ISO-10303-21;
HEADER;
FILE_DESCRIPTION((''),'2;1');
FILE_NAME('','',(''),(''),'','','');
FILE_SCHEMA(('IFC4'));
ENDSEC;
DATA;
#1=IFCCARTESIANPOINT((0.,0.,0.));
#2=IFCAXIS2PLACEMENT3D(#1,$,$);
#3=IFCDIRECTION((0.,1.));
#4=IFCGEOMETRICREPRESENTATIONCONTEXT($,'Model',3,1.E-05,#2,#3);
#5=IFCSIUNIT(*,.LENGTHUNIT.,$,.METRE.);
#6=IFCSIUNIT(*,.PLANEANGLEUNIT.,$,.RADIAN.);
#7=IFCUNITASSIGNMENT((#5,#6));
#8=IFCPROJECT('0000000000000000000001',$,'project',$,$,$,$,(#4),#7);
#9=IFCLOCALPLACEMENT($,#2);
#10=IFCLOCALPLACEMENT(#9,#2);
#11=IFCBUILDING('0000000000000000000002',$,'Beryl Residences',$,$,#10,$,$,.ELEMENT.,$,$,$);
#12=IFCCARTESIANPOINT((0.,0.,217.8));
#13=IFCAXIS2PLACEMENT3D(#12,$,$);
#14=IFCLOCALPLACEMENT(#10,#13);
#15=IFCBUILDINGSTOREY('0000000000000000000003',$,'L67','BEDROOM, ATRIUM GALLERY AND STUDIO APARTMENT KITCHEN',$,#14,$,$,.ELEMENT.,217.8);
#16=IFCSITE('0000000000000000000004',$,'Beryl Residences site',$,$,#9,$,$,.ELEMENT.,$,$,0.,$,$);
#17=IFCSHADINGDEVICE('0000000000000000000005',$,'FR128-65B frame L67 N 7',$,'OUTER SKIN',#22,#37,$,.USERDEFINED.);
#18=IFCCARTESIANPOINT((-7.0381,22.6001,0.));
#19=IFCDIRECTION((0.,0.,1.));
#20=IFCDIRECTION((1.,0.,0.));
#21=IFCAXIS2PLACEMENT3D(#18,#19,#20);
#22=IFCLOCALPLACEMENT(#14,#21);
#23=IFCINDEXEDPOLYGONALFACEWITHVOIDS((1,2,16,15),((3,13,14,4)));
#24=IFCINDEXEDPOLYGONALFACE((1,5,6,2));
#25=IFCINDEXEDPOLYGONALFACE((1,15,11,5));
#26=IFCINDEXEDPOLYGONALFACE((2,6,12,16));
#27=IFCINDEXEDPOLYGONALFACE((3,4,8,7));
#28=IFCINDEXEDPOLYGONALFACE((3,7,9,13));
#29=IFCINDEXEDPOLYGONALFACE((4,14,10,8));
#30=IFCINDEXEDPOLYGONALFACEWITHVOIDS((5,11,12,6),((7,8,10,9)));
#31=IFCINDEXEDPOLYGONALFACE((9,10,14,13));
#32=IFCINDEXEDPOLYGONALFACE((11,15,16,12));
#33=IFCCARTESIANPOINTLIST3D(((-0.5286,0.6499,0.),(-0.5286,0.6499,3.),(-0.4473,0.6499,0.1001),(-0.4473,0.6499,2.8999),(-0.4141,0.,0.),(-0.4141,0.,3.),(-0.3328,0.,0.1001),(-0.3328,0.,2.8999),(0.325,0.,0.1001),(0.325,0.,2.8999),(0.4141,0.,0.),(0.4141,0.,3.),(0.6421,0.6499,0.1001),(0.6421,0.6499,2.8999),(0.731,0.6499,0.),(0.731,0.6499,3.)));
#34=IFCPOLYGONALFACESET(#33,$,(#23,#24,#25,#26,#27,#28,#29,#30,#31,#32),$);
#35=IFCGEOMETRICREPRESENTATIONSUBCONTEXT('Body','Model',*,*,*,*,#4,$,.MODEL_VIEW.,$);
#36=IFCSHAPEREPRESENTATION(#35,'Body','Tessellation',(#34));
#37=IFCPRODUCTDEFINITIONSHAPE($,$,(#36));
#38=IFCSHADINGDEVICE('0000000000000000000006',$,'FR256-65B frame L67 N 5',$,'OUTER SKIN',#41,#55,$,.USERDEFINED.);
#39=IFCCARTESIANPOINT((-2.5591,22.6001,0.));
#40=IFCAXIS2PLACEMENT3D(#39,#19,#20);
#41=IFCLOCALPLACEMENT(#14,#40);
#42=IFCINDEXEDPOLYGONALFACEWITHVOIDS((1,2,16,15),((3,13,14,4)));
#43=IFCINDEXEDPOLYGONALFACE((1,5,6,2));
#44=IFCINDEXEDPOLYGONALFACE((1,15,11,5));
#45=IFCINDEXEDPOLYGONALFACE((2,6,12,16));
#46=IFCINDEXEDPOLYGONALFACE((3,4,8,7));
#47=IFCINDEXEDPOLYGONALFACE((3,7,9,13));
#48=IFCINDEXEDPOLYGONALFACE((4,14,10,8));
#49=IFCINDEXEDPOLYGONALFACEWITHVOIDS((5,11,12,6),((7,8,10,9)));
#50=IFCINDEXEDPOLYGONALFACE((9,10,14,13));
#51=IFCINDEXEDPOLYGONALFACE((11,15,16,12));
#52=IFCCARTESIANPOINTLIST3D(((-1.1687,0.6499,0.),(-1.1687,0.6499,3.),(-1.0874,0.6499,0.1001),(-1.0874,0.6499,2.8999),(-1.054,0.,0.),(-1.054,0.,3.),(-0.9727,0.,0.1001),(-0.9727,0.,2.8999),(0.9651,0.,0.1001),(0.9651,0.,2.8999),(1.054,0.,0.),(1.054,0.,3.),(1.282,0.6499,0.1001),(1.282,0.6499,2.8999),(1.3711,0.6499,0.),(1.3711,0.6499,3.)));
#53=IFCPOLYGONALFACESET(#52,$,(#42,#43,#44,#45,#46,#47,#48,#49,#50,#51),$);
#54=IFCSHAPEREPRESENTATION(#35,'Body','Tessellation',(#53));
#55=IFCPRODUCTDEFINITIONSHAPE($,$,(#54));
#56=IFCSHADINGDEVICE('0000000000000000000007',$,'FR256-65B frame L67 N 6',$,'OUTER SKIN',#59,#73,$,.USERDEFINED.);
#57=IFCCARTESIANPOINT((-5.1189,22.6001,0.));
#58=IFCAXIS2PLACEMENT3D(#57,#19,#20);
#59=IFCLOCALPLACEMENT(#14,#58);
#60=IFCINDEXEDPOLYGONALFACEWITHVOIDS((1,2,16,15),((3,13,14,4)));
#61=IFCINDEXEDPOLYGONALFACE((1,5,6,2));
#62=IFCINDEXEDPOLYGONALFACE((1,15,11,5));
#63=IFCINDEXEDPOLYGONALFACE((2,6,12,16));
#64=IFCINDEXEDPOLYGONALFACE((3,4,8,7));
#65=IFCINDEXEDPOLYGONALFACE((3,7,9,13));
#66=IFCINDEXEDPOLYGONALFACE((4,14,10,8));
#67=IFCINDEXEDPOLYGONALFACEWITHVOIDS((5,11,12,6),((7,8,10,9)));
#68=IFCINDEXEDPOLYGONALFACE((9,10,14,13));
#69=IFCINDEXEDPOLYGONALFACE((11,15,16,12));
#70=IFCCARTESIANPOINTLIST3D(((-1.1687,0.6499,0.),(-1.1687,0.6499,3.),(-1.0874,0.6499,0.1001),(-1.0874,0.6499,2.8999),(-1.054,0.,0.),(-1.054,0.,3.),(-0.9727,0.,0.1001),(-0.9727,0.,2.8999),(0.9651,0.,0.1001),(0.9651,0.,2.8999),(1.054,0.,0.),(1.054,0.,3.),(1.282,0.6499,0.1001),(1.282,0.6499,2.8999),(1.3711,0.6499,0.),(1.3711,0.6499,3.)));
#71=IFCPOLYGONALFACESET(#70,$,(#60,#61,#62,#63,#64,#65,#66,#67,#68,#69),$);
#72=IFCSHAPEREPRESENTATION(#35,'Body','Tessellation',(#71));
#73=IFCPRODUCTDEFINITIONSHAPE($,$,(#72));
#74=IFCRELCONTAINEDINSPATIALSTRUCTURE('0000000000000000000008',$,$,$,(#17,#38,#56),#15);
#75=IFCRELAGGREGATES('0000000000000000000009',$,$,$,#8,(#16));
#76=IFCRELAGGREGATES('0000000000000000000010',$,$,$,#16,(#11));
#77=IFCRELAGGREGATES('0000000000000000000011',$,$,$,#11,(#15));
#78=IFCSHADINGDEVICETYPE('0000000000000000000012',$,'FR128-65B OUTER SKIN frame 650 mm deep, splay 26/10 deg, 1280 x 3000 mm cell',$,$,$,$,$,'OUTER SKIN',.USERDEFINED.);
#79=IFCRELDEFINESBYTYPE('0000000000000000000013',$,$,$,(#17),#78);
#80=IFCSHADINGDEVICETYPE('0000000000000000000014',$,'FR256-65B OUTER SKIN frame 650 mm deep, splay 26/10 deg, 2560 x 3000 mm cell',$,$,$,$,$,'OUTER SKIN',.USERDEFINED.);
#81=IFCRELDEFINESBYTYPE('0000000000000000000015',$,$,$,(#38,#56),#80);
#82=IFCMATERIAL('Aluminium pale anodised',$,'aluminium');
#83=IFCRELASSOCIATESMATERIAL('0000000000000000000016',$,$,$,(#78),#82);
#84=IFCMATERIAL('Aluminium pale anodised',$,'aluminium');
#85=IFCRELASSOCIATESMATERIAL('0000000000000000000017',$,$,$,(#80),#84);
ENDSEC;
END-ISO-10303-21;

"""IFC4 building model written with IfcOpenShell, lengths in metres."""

from ifc_helpers import new_model, entity, si_unit, direction, frame, origin, place, context, subcontext, project, spatial, source, transform, mapped, material, type_object, type_shapes, element, save


model = new_model("IFC4")

# Units and contexts
model_context = context("Model", 3, precision=1e-05, world=origin(), true_north=direction((0.0, 1.0)))
body_context = subcontext(model_context, "Body", "Model", "MODEL_VIEW")
ifc_project = project(units=[si_unit("LENGTHUNIT", "METRE"), si_unit("PLANEANGLEUNIT", "RADIAN")], contexts=[model_context])

# Site, building, storey
site_placement = place(None, origin())
site = spatial("IfcSite", under=ifc_project, at=site_placement, Name="Beryl Residences site", CompositionType="ELEMENT", RefElevation=0.0)
building_placement = place(site_placement, origin())
building = spatial("IfcBuilding", under=site, at=building_placement, Name="Beryl Residences", CompositionType="ELEMENT")
storey_placement = place(building_placement, frame((0.0, 0.0, 217.8)))
storey = spatial("IfcBuildingStorey", under=building, at=storey_placement, Name="L67", Description="BEDROOM, ATRIUM GALLERY AND STUDIO APARTMENT KITCHEN", CompositionType="ELEMENT", Elevation=217.8)

# Shading devices
ifc_material_1 = material(Name="Aluminium pale anodised", Category="aluminium")
shading_device_type_1 = type_object("IfcShadingDeviceType", Name="FR128-65B OUTER SKIN frame 650 mm deep, splay 26/10 deg, 1280 x 3000 mm cell", ElementType="OUTER SKIN", PredefinedType="USERDEFINED", material=ifc_material_1)
cartesian_point_1 = entity("IfcCartesianPoint", [-0.4141, 0.0])
cartesian_point_2 = entity("IfcCartesianPoint", [-0.325, 0.1001])
cartesian_point_3 = entity("IfcCartesianPoint", [-0.731, 0.0])
cartesian_point_4 = entity("IfcCartesianPoint", [-0.6421, 0.1001])
shared_shape_1 = source(origin(), body_context, "Body", "SweptSolid", [
    entity("IfcExtrudedAreaSolidTapered", entity("IfcArbitraryProfileDefWithVoids", "AREA", None, entity("IfcPolyline", [cartesian_point_1, entity("IfcCartesianPoint", [0.4141, 0.0]), entity("IfcCartesianPoint", [0.4141, 3.0]), entity("IfcCartesianPoint", [-0.4141, 3.0]), cartesian_point_1]), [entity("IfcPolyline", [cartesian_point_2, entity("IfcCartesianPoint", [0.3328, 0.1001]), entity("IfcCartesianPoint", [0.3328, 2.8999]), entity("IfcCartesianPoint", [-0.325, 2.8999]), cartesian_point_2])]), entity("IfcAxis2Placement3D", entity("IfcCartesianPoint", [0.0, 0.0, 0.0]), entity("IfcDirection", [0.0, 1.0, 0.0]), entity("IfcDirection", [-1.0, 0.0, 0.0])), entity("IfcDirection", [0.0, 0.0, 1.0]), 0.6499, entity("IfcArbitraryProfileDefWithVoids", "AREA", None, entity("IfcPolyline", [cartesian_point_3, entity("IfcCartesianPoint", [0.5286, 0.0]), entity("IfcCartesianPoint", [0.5286, 3.0]), entity("IfcCartesianPoint", [-0.731, 3.0]), cartesian_point_3]), [entity("IfcPolyline", [cartesian_point_4, entity("IfcCartesianPoint", [0.4473, 0.1001]), entity("IfcCartesianPoint", [0.4473, 2.8999]), entity("IfcCartesianPoint", [-0.6421, 2.8999]), cartesian_point_4])])),
])
type_shapes(shading_device_type_1, [shared_shape_1])
shading_device_placement = place(storey_placement, frame((-7.0381, 22.6001, 0.0), z_axis=(0.0, 0.0, 1.0), x_axis=(1.0, 0.0, 0.0)))
element("IfcShadingDevice", 1, at=shading_device_placement, inside=storey, type_object=shading_device_type_1, Name="FR128-65B frame L67 N 7", ObjectType="OUTER SKIN", PredefinedType="USERDEFINED", context=body_context, shape_type="MappedRepresentation", body=[
    mapped(shared_shape_1, transform((0.0, 0.0, 0.0))),
])
ifc_material_2 = material(Name="Aluminium pale anodised", Category="aluminium")
shading_device_type_2 = type_object("IfcShadingDeviceType", Name="FR256-65B OUTER SKIN frame 650 mm deep, splay 26/10 deg, 2560 x 3000 mm cell", ElementType="OUTER SKIN", PredefinedType="USERDEFINED", material=ifc_material_2)
cartesian_point_5 = entity("IfcCartesianPoint", [-1.054, 0.0])
cartesian_point_6 = entity("IfcCartesianPoint", [-0.9651, 0.1001])
cartesian_point_7 = entity("IfcCartesianPoint", [-1.3711, 0.0])
cartesian_point_8 = entity("IfcCartesianPoint", [-1.282, 0.1001])
shared_shape_2 = source(origin(), body_context, "Body", "SweptSolid", [
    entity("IfcExtrudedAreaSolidTapered", entity("IfcArbitraryProfileDefWithVoids", "AREA", None, entity("IfcPolyline", [cartesian_point_5, entity("IfcCartesianPoint", [1.054, 0.0]), entity("IfcCartesianPoint", [1.054, 3.0]), entity("IfcCartesianPoint", [-1.054, 3.0]), cartesian_point_5]), [entity("IfcPolyline", [cartesian_point_6, entity("IfcCartesianPoint", [0.9727, 0.1001]), entity("IfcCartesianPoint", [0.9727, 2.8999]), entity("IfcCartesianPoint", [-0.9651, 2.8999]), cartesian_point_6])]), entity("IfcAxis2Placement3D", entity("IfcCartesianPoint", [0.0, 0.0, 0.0]), entity("IfcDirection", [0.0, 1.0, 0.0]), entity("IfcDirection", [-1.0, 0.0, 0.0])), entity("IfcDirection", [0.0, 0.0, 1.0]), 0.6499, entity("IfcArbitraryProfileDefWithVoids", "AREA", None, entity("IfcPolyline", [cartesian_point_7, entity("IfcCartesianPoint", [1.1687, 0.0]), entity("IfcCartesianPoint", [1.1687, 3.0]), entity("IfcCartesianPoint", [-1.3711, 3.0]), cartesian_point_7]), [entity("IfcPolyline", [cartesian_point_8, entity("IfcCartesianPoint", [1.0874, 0.1001]), entity("IfcCartesianPoint", [1.0874, 2.8999]), entity("IfcCartesianPoint", [-1.282, 2.8999]), cartesian_point_8])])),
])
type_shapes(shading_device_type_2, [shared_shape_2])
for number, where, z_axis, x_axis, name in (
    (2, (-2.5591, 22.6001, 0.0), (0.0, 0.0, 1.0), (1.0, 0.0, 0.0), "FR256-65B frame L67 N 5"),
    (3, (-5.1189, 22.6001, 0.0), (0.0, 0.0, 1.0), (1.0, 0.0, 0.0), "FR256-65B frame L67 N 6"),
):
    element("IfcShadingDevice", number, at=place(storey_placement, frame(where, z_axis=z_axis, x_axis=x_axis)), inside=storey, type_object=shading_device_type_2, Name=name, ObjectType="OUTER SKIN", PredefinedType="USERDEFINED", context=body_context, shape_type="MappedRepresentation", body=[
        mapped(shared_shape_2, transform((0.0, 0.0, 0.0))),
    ])

save(model, "model.ifc")
